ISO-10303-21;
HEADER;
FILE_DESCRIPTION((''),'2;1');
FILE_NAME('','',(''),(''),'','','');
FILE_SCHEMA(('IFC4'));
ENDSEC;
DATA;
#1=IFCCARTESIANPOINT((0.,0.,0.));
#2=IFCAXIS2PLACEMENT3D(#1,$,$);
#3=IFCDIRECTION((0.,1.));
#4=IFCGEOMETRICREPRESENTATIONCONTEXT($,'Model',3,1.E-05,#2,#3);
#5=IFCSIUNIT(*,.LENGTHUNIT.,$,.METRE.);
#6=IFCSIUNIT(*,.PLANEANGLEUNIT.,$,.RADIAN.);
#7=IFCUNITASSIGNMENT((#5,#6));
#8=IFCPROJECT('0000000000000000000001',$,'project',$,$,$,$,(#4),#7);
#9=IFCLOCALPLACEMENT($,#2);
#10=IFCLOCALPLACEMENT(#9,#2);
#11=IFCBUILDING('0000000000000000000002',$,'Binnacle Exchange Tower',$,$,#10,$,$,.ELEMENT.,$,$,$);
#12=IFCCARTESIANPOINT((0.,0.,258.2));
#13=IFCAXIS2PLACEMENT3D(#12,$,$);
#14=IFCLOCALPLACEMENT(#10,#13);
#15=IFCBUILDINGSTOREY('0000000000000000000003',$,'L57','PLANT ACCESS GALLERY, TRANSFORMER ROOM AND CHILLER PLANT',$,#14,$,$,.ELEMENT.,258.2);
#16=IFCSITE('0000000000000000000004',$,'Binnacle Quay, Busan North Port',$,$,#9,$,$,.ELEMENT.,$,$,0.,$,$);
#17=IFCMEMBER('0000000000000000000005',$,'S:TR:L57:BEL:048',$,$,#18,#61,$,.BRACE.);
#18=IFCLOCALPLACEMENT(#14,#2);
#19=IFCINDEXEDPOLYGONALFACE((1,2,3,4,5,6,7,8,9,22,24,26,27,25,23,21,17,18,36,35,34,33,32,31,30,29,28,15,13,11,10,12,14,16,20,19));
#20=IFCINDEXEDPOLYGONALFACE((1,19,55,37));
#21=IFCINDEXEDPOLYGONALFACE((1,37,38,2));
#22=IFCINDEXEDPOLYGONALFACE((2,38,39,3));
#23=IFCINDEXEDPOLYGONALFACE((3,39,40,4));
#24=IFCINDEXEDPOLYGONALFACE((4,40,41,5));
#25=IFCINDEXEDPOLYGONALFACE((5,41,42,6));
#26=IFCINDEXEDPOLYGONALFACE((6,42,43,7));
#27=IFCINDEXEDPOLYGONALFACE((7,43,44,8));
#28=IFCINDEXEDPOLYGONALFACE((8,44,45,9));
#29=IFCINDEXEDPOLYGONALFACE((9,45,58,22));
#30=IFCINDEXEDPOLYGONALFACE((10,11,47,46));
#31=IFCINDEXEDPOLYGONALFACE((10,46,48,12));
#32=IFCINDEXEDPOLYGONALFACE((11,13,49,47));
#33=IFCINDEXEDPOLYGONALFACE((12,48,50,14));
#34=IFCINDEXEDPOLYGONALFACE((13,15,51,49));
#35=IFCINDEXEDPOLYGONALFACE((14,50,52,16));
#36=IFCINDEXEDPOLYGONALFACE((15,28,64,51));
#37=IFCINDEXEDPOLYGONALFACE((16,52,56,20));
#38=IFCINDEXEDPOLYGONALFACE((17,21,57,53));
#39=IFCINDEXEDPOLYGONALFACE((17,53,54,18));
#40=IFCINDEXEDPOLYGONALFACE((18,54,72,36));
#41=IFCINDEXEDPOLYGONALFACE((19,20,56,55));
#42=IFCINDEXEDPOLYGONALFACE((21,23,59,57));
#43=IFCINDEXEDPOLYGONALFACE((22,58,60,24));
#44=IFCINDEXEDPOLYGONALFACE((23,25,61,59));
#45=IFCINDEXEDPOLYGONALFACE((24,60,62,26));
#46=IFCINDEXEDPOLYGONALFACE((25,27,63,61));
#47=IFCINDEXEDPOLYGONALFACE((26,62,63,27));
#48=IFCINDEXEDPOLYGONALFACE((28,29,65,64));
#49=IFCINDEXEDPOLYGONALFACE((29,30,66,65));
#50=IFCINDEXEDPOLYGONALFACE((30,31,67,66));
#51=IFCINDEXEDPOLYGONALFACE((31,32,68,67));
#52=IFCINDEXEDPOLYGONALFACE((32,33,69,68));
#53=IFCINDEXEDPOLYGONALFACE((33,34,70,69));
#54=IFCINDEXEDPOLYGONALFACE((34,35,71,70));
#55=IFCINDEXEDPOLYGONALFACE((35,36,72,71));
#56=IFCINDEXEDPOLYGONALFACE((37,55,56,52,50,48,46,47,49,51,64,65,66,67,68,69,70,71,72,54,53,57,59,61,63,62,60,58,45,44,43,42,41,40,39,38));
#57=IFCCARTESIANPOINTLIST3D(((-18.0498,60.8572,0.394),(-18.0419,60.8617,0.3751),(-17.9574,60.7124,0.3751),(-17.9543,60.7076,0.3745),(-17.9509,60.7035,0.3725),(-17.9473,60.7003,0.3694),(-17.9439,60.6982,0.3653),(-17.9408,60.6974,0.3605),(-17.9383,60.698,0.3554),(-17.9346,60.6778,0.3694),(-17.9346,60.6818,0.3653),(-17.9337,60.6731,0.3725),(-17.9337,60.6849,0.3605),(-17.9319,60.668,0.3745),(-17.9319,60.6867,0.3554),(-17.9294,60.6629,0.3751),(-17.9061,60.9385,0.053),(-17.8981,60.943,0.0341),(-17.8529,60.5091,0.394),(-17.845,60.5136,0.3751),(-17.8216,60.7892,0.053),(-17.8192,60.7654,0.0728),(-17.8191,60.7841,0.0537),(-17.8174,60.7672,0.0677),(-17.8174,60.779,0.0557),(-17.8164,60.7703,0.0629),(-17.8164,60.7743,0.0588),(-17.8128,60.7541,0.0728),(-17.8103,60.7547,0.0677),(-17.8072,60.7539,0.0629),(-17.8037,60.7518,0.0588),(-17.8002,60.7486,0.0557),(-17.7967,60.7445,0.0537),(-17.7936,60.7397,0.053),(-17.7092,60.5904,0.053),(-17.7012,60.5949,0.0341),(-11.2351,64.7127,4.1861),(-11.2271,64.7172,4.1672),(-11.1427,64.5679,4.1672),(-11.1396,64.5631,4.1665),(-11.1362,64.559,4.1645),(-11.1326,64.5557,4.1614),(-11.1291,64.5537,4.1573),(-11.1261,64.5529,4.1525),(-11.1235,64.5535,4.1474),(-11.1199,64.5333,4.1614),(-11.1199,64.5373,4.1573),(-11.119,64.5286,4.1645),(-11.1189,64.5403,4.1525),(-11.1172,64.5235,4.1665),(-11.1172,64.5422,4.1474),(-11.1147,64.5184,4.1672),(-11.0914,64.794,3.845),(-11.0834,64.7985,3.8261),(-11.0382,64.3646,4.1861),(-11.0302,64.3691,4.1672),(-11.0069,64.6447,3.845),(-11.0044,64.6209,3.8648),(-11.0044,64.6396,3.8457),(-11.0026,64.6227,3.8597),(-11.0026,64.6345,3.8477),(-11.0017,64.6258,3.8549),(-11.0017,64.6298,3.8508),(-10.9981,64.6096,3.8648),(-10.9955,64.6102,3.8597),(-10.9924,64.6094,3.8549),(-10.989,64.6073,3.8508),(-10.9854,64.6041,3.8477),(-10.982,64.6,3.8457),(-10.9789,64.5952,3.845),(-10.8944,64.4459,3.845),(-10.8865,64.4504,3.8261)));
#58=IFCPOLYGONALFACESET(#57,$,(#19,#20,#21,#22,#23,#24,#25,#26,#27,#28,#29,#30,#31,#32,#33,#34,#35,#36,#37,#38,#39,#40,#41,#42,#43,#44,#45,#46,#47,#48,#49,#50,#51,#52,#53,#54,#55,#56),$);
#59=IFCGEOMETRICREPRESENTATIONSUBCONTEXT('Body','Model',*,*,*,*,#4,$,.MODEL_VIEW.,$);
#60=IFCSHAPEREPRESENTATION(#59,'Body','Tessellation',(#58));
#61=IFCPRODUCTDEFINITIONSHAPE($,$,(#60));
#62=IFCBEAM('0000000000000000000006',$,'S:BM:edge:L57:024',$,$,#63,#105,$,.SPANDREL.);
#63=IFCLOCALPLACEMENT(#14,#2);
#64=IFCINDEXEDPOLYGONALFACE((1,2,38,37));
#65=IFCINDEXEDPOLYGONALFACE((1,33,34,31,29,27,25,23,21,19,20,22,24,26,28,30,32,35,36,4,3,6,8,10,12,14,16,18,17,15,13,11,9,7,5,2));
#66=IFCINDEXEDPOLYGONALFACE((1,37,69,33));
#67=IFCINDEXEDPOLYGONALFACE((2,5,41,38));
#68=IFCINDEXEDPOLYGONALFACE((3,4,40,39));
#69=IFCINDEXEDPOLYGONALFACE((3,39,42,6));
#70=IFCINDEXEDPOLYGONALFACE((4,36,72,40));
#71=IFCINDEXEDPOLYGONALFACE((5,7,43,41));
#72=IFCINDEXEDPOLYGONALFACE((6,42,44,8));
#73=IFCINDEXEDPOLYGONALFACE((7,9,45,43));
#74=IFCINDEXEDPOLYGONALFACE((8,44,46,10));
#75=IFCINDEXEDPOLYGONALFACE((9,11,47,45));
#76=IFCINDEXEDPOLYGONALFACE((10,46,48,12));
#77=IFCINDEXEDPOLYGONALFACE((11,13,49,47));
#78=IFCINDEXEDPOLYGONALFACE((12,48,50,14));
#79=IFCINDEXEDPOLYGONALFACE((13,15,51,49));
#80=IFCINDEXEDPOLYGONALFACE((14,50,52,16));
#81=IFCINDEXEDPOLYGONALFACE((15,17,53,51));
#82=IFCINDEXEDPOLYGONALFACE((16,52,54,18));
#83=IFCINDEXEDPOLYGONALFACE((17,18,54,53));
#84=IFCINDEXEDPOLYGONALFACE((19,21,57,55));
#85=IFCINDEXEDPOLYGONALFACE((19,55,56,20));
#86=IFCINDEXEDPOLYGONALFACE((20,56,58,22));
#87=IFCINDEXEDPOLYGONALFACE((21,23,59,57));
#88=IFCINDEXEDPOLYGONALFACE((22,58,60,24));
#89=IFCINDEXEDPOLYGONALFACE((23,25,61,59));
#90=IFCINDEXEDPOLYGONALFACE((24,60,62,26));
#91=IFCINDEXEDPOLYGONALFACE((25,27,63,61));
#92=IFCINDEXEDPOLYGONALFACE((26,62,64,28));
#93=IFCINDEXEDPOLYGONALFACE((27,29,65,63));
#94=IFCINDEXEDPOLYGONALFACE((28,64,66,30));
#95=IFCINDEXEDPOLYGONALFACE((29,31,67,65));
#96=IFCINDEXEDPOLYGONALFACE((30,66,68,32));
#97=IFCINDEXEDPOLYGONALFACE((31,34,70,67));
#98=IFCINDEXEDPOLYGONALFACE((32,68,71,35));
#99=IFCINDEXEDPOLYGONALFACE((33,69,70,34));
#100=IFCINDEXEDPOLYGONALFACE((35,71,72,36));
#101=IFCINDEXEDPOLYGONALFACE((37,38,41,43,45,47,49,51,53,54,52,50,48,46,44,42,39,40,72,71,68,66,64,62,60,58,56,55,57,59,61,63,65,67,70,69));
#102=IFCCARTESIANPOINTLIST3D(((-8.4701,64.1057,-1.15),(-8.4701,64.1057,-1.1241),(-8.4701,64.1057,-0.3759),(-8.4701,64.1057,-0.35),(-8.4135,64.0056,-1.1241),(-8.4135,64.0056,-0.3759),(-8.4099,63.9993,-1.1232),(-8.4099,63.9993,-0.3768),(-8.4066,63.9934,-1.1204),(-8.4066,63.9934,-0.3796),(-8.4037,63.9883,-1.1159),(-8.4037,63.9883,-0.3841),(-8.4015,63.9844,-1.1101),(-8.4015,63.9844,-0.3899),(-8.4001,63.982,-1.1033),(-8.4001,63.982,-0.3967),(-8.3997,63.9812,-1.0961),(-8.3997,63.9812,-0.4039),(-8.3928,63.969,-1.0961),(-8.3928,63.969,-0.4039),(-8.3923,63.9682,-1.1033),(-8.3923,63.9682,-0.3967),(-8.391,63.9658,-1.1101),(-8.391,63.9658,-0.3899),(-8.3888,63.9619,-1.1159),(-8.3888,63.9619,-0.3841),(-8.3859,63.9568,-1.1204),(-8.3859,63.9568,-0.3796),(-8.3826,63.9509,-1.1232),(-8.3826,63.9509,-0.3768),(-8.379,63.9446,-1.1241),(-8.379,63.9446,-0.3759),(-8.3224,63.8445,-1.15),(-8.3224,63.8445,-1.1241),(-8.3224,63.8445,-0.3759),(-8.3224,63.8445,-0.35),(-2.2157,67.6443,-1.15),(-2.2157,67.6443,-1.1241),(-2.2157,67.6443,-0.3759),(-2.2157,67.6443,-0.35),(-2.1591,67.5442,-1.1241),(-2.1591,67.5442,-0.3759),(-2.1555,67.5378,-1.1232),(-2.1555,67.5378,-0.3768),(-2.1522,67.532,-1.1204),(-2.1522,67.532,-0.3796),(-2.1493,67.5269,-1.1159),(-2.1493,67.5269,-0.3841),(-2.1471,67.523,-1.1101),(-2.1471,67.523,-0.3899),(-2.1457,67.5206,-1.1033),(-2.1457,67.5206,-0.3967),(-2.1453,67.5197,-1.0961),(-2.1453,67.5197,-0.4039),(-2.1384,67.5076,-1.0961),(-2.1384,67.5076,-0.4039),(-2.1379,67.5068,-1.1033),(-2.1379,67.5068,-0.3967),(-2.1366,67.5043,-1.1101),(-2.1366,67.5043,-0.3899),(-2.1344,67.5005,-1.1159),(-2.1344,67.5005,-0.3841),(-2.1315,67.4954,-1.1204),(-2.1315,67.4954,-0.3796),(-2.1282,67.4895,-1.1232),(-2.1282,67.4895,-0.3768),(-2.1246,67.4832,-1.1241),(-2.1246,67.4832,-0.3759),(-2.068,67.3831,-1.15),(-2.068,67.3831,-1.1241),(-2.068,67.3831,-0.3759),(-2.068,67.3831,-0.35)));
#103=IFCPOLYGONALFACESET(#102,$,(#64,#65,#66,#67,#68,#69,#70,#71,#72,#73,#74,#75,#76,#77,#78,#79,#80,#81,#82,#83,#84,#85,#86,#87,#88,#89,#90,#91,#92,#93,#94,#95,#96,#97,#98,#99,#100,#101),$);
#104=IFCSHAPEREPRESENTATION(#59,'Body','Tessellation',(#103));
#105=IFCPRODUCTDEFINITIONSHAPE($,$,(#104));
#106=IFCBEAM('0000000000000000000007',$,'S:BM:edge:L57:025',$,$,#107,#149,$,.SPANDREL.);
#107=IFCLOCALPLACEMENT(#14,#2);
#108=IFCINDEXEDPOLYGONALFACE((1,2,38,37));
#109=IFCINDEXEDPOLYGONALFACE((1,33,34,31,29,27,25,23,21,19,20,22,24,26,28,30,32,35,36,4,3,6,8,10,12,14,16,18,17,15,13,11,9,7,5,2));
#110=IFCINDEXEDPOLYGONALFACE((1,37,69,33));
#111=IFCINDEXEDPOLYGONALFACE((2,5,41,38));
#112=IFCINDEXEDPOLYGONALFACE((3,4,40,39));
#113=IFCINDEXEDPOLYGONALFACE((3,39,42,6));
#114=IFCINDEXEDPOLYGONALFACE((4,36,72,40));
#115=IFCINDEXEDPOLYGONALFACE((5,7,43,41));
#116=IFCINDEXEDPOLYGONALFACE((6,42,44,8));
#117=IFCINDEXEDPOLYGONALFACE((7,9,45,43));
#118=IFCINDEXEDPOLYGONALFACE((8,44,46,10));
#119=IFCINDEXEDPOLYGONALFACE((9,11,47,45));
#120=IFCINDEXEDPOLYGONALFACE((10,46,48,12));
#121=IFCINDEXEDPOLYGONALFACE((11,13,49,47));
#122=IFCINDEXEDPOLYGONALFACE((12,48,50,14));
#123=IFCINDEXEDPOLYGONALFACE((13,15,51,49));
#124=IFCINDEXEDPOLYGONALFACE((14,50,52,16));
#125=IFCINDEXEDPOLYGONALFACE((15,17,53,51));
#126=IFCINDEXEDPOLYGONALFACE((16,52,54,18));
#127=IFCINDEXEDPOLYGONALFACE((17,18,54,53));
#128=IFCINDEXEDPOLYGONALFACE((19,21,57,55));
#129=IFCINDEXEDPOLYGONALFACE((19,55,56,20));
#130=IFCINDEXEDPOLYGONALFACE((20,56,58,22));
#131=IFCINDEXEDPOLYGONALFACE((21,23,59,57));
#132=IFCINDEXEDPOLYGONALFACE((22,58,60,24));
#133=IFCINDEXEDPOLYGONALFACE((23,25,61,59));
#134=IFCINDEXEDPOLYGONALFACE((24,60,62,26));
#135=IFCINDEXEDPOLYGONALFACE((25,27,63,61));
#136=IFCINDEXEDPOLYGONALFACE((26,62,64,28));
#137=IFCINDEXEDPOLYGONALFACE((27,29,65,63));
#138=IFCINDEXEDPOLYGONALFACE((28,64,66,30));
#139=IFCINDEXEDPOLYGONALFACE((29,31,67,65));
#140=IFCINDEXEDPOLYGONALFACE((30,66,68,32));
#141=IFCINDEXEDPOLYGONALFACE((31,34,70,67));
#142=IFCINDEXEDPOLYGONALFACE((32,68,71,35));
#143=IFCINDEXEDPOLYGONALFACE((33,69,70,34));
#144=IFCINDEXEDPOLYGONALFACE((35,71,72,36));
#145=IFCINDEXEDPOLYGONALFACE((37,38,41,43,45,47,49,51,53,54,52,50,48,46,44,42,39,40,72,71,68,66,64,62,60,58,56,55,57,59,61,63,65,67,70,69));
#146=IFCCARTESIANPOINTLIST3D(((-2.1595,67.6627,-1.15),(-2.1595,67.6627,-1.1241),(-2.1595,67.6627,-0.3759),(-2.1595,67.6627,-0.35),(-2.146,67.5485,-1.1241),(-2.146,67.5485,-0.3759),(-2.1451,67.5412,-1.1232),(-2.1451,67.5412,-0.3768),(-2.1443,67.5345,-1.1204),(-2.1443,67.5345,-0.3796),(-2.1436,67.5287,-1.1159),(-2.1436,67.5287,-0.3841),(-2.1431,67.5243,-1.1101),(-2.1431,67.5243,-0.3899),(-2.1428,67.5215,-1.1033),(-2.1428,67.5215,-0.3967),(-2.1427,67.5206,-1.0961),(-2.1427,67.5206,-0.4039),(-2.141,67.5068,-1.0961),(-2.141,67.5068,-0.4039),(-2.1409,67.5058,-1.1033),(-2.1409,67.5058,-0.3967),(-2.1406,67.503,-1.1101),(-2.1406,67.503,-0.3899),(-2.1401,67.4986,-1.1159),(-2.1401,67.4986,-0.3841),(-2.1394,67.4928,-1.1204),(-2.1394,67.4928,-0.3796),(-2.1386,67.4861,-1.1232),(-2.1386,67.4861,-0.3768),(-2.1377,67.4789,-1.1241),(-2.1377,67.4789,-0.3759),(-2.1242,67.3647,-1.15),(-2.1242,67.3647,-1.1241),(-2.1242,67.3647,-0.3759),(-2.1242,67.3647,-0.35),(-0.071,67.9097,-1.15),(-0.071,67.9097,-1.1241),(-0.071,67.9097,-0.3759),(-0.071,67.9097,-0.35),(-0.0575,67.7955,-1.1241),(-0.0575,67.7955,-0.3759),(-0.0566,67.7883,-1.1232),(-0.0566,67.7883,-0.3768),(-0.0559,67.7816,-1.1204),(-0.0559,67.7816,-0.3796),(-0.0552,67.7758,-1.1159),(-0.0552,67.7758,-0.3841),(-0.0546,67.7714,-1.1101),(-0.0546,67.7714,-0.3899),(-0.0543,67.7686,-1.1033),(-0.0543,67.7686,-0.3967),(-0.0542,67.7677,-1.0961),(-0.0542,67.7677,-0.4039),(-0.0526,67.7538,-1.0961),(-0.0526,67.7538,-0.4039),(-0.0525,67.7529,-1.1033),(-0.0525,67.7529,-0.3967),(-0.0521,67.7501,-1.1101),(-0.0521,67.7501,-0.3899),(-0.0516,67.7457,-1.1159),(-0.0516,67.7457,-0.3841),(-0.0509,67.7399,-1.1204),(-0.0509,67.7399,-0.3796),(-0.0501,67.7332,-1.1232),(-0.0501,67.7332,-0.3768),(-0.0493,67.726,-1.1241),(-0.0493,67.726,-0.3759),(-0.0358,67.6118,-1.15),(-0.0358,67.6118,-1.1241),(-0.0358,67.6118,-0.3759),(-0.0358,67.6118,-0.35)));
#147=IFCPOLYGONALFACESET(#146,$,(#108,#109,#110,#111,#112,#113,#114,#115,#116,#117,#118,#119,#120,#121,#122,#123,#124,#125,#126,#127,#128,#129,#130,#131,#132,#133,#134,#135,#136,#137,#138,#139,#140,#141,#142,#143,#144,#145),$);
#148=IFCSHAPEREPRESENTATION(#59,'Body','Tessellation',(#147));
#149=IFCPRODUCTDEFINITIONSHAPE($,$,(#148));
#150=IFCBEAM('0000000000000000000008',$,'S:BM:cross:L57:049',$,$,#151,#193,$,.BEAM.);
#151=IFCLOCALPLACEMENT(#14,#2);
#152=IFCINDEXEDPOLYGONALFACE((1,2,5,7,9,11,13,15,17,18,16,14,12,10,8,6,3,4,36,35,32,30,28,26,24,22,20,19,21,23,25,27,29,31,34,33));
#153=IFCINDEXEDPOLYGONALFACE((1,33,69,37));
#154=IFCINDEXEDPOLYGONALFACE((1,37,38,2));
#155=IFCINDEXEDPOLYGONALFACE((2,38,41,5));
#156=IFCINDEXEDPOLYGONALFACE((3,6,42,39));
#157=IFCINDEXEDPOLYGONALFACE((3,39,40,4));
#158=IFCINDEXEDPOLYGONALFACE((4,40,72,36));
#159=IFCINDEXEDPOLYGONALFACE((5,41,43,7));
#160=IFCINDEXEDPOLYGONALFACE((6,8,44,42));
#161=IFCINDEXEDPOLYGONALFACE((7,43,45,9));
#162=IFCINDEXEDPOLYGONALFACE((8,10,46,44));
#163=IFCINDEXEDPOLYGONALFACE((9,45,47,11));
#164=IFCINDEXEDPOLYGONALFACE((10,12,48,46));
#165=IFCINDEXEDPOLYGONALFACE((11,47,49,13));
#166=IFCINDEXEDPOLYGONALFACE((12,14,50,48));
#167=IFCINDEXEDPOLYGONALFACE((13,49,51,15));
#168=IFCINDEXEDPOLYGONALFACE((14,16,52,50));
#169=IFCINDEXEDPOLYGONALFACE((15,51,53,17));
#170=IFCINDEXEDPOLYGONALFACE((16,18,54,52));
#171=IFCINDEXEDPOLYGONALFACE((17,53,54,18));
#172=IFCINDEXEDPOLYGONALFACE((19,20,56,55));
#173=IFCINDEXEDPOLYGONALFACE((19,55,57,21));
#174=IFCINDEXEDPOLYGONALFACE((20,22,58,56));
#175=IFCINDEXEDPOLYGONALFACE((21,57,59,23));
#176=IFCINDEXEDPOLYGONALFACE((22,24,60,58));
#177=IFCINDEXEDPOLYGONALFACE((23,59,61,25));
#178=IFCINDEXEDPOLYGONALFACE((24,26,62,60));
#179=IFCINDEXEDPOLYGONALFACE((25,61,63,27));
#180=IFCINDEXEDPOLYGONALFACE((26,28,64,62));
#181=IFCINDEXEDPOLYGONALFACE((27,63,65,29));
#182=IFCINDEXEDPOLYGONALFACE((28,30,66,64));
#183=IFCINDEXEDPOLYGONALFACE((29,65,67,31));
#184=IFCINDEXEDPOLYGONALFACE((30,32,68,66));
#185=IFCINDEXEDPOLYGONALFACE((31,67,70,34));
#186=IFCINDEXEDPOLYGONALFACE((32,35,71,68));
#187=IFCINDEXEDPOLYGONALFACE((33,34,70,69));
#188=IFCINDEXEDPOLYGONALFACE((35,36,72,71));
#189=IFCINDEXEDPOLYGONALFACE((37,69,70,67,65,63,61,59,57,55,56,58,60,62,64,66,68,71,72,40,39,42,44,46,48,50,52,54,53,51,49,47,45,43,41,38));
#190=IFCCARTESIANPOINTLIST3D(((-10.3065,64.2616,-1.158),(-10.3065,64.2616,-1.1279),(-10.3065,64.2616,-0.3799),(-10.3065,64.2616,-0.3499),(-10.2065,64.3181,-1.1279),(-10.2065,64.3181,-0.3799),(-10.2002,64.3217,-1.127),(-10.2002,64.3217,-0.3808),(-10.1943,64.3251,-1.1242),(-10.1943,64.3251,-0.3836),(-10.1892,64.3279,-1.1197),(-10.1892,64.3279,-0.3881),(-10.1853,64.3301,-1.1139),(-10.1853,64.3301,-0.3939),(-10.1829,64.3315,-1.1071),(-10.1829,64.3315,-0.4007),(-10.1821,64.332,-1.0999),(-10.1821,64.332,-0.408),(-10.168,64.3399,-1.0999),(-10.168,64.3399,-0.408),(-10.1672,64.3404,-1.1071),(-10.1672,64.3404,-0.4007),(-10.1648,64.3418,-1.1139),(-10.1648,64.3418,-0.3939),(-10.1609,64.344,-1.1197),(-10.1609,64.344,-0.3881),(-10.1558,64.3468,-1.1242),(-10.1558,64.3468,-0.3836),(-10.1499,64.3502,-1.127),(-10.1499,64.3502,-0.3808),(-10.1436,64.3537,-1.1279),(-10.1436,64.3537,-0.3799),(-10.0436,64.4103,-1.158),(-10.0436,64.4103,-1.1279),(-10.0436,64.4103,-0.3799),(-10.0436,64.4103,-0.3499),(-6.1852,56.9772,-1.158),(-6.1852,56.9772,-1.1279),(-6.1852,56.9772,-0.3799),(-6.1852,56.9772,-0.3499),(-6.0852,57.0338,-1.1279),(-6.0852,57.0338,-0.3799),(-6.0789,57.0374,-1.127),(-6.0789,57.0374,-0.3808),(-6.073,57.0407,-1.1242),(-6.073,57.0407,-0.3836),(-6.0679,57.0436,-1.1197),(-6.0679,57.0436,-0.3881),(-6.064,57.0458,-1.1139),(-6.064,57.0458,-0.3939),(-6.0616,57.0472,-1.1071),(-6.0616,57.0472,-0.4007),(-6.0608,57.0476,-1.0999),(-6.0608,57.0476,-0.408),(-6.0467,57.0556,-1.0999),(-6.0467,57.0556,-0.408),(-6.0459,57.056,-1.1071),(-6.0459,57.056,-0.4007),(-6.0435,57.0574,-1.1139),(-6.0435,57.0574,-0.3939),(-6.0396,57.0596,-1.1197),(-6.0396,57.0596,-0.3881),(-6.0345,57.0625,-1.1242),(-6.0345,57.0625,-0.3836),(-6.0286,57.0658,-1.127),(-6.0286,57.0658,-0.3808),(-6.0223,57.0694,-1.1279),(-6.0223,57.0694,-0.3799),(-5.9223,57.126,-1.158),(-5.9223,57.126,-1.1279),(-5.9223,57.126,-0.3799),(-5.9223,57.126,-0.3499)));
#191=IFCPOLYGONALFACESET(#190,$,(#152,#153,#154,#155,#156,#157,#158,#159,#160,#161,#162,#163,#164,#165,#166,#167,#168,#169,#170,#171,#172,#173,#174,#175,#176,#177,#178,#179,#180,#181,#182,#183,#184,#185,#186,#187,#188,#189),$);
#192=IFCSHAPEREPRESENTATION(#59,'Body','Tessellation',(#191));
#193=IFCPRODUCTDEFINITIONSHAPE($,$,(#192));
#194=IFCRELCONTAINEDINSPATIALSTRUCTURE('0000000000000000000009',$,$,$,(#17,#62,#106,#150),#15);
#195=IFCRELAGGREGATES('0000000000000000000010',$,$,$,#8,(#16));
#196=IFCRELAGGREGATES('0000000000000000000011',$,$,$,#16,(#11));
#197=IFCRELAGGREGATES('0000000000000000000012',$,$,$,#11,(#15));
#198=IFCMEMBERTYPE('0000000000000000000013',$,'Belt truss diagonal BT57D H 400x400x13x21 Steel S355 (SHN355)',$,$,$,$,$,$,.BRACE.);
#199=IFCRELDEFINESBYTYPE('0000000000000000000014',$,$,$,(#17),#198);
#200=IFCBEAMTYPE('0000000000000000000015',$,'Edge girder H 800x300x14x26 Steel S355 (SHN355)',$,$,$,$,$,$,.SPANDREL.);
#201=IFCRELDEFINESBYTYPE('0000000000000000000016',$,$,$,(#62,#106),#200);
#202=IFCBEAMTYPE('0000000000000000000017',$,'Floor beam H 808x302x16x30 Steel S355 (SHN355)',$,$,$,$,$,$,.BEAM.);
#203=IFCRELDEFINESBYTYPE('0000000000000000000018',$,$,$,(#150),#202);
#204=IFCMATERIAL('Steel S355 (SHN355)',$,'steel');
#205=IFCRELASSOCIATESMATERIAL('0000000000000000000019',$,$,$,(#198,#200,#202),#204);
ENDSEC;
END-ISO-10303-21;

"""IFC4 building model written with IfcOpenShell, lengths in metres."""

from ifc_helpers import new_model, si_unit, direction, frame, origin, origin_2d, place, context, subcontext, project, spatial, i_section, extrude, material, material_profile, profile_set, type_object, element, save


model = new_model("IFC4")

# Units and contexts
model_context = context("Model", 3, precision=1e-05, world=origin(), true_north=direction((0.0, 1.0)))
body_context = subcontext(model_context, "Body", "Model", "MODEL_VIEW")
ifc_project = project(units=[si_unit("LENGTHUNIT", "METRE"), si_unit("PLANEANGLEUNIT", "RADIAN")], contexts=[model_context])

# Site, building, storey
site_placement = place(None, origin())
site = spatial("IfcSite", under=ifc_project, at=site_placement, Name="Binnacle Quay, Busan North Port", CompositionType="ELEMENT", RefElevation=0.0)
building_placement = place(site_placement, origin())
building = spatial("IfcBuilding", under=site, at=building_placement, Name="Binnacle Exchange Tower", CompositionType="ELEMENT")
storey_placement = place(building_placement, frame((0.0, 0.0, 258.2)))
storey = spatial("IfcBuildingStorey", under=building, at=storey_placement, Name="L57", Description="PLANT ACCESS GALLERY, TRANSFORMER ROOM AND CHILLER PLANT", CompositionType="ELEMENT", Elevation=258.2)

# Member
ifc_material_1 = material(Name="Steel S355 (SHN355)", Category="steel")
ifc_material_profile_1 = material_profile(ifc_material_1, i_section(OverallWidth=0.3999, OverallDepth=0.3999, WebThickness=0.0129, FlangeThickness=0.021, FilletRadius=0.022, at=origin_2d()), Name="H 400x400x13x21")
ifc_profile_set_1 = profile_set([ifc_material_profile_1], Name="Steel S355 (SHN355)")
member_type_1 = type_object("IfcMemberType", Name="Belt truss diagonal BT57D H 400x400x13x21 Steel S355 (SHN355)", PredefinedType="BRACE", material=ifc_profile_set_1)
member_1_placement = place(storey_placement, frame((-11.0608, 64.5815, 4.0061), z_axis=(-0.78333, -0.443175, -0.435879), x_axis=(0.492414, -0.870361, 0.0)))
element("IfcMember", 1, at=member_1_placement, inside=storey, type_object=member_type_1, Name="S:TR:L57:BEL:048", PredefinedType="BRACE", context=body_context, shape_type="SweptSolid", body=[
    extrude(i_section(OverallWidth=0.3999, OverallDepth=0.3999, WebThickness=0.0129, FlangeThickness=0.021, FilletRadius=0.022, at=origin_2d()), origin(), (0.0, 0.0, 1.0), 8.6997),
])

# Beams
ifc_material_profile_2 = material_profile(ifc_material_1, i_section(OverallWidth=0.3, OverallDepth=0.8, WebThickness=0.0139, FlangeThickness=0.0259, FilletRadius=0.0281, at=origin_2d()), Name="H 800x300x14x26")
ifc_profile_set_2 = profile_set([ifc_material_profile_2], Name="Steel S355 (SHN355)")
beam_type_1 = type_object("IfcBeamType", Name="Edge girder H 800x300x14x26 Steel S355 (SHN355)", PredefinedType="SPANDREL", material=ifc_profile_set_2)
beam_1_placement = place(storey_placement, frame((-8.3962, 63.9751, -0.75), z_axis=(0.870355, 0.492424, 0.0), x_axis=(-0.492424, 0.870355, 0.0)))
element("IfcBeam", 2, at=beam_1_placement, inside=storey, type_object=beam_type_1, Name="S:BM:edge:L57:024", PredefinedType="SPANDREL", context=body_context, shape_type="SweptSolid", body=[
    extrude(i_section(OverallWidth=0.3, OverallDepth=0.8, WebThickness=0.0139, FlangeThickness=0.0259, FilletRadius=0.0281, at=origin_2d()), origin(), (0.0, 0.0, 1.0), 7.186),
])
beam_2_placement = place(storey_placement, frame((-2.1418, 67.5137, -0.75), z_axis=(0.993074, 0.117488, 0.0), x_axis=(-0.117488, 0.993074, 0.0)))
element("IfcBeam", 3, at=beam_2_placement, inside=storey, type_object=beam_type_1, Name="S:BM:edge:L57:025", PredefinedType="SPANDREL", context=body_context, shape_type="SweptSolid", body=[
    extrude(i_section(OverallWidth=0.3, OverallDepth=0.8, WebThickness=0.0139, FlangeThickness=0.0259, FilletRadius=0.0281, at=origin_2d()), origin(), (0.0, 0.0, 1.0), 2.103),
])
ifc_material_profile_3 = material_profile(ifc_material_1, i_section(OverallWidth=0.302, OverallDepth=0.8081, WebThickness=0.0161, FlangeThickness=0.03, FilletRadius=0.0281, at=origin_2d()), Name="H 808x302x16x30")
ifc_profile_set_3 = profile_set([ifc_material_profile_3], Name="Steel S355 (SHN355)")
beam_type_2 = type_object("IfcBeamType", Name="Floor beam H 808x302x16x30 Steel S355 (SHN355)", PredefinedType="BEAM", material=ifc_profile_set_3)
beam_3_placement = place(storey_placement, frame((-10.175, 64.3359, -0.7539), z_axis=(0.492424, -0.870355, 0.0), x_axis=(0.870355, 0.492424, 0.0)))
element("IfcBeam", 4, at=beam_3_placement, inside=storey, type_object=beam_type_2, Name="S:BM:cross:L57:049", PredefinedType="BEAM", context=body_context, shape_type="SweptSolid", body=[
    extrude(i_section(OverallWidth=0.302, OverallDepth=0.8081, WebThickness=0.0161, FlangeThickness=0.03, FilletRadius=0.0281, at=origin_2d()), origin(), (0.0, 0.0, 1.0), 8.3694),
])

save(model, "model.ifc")
